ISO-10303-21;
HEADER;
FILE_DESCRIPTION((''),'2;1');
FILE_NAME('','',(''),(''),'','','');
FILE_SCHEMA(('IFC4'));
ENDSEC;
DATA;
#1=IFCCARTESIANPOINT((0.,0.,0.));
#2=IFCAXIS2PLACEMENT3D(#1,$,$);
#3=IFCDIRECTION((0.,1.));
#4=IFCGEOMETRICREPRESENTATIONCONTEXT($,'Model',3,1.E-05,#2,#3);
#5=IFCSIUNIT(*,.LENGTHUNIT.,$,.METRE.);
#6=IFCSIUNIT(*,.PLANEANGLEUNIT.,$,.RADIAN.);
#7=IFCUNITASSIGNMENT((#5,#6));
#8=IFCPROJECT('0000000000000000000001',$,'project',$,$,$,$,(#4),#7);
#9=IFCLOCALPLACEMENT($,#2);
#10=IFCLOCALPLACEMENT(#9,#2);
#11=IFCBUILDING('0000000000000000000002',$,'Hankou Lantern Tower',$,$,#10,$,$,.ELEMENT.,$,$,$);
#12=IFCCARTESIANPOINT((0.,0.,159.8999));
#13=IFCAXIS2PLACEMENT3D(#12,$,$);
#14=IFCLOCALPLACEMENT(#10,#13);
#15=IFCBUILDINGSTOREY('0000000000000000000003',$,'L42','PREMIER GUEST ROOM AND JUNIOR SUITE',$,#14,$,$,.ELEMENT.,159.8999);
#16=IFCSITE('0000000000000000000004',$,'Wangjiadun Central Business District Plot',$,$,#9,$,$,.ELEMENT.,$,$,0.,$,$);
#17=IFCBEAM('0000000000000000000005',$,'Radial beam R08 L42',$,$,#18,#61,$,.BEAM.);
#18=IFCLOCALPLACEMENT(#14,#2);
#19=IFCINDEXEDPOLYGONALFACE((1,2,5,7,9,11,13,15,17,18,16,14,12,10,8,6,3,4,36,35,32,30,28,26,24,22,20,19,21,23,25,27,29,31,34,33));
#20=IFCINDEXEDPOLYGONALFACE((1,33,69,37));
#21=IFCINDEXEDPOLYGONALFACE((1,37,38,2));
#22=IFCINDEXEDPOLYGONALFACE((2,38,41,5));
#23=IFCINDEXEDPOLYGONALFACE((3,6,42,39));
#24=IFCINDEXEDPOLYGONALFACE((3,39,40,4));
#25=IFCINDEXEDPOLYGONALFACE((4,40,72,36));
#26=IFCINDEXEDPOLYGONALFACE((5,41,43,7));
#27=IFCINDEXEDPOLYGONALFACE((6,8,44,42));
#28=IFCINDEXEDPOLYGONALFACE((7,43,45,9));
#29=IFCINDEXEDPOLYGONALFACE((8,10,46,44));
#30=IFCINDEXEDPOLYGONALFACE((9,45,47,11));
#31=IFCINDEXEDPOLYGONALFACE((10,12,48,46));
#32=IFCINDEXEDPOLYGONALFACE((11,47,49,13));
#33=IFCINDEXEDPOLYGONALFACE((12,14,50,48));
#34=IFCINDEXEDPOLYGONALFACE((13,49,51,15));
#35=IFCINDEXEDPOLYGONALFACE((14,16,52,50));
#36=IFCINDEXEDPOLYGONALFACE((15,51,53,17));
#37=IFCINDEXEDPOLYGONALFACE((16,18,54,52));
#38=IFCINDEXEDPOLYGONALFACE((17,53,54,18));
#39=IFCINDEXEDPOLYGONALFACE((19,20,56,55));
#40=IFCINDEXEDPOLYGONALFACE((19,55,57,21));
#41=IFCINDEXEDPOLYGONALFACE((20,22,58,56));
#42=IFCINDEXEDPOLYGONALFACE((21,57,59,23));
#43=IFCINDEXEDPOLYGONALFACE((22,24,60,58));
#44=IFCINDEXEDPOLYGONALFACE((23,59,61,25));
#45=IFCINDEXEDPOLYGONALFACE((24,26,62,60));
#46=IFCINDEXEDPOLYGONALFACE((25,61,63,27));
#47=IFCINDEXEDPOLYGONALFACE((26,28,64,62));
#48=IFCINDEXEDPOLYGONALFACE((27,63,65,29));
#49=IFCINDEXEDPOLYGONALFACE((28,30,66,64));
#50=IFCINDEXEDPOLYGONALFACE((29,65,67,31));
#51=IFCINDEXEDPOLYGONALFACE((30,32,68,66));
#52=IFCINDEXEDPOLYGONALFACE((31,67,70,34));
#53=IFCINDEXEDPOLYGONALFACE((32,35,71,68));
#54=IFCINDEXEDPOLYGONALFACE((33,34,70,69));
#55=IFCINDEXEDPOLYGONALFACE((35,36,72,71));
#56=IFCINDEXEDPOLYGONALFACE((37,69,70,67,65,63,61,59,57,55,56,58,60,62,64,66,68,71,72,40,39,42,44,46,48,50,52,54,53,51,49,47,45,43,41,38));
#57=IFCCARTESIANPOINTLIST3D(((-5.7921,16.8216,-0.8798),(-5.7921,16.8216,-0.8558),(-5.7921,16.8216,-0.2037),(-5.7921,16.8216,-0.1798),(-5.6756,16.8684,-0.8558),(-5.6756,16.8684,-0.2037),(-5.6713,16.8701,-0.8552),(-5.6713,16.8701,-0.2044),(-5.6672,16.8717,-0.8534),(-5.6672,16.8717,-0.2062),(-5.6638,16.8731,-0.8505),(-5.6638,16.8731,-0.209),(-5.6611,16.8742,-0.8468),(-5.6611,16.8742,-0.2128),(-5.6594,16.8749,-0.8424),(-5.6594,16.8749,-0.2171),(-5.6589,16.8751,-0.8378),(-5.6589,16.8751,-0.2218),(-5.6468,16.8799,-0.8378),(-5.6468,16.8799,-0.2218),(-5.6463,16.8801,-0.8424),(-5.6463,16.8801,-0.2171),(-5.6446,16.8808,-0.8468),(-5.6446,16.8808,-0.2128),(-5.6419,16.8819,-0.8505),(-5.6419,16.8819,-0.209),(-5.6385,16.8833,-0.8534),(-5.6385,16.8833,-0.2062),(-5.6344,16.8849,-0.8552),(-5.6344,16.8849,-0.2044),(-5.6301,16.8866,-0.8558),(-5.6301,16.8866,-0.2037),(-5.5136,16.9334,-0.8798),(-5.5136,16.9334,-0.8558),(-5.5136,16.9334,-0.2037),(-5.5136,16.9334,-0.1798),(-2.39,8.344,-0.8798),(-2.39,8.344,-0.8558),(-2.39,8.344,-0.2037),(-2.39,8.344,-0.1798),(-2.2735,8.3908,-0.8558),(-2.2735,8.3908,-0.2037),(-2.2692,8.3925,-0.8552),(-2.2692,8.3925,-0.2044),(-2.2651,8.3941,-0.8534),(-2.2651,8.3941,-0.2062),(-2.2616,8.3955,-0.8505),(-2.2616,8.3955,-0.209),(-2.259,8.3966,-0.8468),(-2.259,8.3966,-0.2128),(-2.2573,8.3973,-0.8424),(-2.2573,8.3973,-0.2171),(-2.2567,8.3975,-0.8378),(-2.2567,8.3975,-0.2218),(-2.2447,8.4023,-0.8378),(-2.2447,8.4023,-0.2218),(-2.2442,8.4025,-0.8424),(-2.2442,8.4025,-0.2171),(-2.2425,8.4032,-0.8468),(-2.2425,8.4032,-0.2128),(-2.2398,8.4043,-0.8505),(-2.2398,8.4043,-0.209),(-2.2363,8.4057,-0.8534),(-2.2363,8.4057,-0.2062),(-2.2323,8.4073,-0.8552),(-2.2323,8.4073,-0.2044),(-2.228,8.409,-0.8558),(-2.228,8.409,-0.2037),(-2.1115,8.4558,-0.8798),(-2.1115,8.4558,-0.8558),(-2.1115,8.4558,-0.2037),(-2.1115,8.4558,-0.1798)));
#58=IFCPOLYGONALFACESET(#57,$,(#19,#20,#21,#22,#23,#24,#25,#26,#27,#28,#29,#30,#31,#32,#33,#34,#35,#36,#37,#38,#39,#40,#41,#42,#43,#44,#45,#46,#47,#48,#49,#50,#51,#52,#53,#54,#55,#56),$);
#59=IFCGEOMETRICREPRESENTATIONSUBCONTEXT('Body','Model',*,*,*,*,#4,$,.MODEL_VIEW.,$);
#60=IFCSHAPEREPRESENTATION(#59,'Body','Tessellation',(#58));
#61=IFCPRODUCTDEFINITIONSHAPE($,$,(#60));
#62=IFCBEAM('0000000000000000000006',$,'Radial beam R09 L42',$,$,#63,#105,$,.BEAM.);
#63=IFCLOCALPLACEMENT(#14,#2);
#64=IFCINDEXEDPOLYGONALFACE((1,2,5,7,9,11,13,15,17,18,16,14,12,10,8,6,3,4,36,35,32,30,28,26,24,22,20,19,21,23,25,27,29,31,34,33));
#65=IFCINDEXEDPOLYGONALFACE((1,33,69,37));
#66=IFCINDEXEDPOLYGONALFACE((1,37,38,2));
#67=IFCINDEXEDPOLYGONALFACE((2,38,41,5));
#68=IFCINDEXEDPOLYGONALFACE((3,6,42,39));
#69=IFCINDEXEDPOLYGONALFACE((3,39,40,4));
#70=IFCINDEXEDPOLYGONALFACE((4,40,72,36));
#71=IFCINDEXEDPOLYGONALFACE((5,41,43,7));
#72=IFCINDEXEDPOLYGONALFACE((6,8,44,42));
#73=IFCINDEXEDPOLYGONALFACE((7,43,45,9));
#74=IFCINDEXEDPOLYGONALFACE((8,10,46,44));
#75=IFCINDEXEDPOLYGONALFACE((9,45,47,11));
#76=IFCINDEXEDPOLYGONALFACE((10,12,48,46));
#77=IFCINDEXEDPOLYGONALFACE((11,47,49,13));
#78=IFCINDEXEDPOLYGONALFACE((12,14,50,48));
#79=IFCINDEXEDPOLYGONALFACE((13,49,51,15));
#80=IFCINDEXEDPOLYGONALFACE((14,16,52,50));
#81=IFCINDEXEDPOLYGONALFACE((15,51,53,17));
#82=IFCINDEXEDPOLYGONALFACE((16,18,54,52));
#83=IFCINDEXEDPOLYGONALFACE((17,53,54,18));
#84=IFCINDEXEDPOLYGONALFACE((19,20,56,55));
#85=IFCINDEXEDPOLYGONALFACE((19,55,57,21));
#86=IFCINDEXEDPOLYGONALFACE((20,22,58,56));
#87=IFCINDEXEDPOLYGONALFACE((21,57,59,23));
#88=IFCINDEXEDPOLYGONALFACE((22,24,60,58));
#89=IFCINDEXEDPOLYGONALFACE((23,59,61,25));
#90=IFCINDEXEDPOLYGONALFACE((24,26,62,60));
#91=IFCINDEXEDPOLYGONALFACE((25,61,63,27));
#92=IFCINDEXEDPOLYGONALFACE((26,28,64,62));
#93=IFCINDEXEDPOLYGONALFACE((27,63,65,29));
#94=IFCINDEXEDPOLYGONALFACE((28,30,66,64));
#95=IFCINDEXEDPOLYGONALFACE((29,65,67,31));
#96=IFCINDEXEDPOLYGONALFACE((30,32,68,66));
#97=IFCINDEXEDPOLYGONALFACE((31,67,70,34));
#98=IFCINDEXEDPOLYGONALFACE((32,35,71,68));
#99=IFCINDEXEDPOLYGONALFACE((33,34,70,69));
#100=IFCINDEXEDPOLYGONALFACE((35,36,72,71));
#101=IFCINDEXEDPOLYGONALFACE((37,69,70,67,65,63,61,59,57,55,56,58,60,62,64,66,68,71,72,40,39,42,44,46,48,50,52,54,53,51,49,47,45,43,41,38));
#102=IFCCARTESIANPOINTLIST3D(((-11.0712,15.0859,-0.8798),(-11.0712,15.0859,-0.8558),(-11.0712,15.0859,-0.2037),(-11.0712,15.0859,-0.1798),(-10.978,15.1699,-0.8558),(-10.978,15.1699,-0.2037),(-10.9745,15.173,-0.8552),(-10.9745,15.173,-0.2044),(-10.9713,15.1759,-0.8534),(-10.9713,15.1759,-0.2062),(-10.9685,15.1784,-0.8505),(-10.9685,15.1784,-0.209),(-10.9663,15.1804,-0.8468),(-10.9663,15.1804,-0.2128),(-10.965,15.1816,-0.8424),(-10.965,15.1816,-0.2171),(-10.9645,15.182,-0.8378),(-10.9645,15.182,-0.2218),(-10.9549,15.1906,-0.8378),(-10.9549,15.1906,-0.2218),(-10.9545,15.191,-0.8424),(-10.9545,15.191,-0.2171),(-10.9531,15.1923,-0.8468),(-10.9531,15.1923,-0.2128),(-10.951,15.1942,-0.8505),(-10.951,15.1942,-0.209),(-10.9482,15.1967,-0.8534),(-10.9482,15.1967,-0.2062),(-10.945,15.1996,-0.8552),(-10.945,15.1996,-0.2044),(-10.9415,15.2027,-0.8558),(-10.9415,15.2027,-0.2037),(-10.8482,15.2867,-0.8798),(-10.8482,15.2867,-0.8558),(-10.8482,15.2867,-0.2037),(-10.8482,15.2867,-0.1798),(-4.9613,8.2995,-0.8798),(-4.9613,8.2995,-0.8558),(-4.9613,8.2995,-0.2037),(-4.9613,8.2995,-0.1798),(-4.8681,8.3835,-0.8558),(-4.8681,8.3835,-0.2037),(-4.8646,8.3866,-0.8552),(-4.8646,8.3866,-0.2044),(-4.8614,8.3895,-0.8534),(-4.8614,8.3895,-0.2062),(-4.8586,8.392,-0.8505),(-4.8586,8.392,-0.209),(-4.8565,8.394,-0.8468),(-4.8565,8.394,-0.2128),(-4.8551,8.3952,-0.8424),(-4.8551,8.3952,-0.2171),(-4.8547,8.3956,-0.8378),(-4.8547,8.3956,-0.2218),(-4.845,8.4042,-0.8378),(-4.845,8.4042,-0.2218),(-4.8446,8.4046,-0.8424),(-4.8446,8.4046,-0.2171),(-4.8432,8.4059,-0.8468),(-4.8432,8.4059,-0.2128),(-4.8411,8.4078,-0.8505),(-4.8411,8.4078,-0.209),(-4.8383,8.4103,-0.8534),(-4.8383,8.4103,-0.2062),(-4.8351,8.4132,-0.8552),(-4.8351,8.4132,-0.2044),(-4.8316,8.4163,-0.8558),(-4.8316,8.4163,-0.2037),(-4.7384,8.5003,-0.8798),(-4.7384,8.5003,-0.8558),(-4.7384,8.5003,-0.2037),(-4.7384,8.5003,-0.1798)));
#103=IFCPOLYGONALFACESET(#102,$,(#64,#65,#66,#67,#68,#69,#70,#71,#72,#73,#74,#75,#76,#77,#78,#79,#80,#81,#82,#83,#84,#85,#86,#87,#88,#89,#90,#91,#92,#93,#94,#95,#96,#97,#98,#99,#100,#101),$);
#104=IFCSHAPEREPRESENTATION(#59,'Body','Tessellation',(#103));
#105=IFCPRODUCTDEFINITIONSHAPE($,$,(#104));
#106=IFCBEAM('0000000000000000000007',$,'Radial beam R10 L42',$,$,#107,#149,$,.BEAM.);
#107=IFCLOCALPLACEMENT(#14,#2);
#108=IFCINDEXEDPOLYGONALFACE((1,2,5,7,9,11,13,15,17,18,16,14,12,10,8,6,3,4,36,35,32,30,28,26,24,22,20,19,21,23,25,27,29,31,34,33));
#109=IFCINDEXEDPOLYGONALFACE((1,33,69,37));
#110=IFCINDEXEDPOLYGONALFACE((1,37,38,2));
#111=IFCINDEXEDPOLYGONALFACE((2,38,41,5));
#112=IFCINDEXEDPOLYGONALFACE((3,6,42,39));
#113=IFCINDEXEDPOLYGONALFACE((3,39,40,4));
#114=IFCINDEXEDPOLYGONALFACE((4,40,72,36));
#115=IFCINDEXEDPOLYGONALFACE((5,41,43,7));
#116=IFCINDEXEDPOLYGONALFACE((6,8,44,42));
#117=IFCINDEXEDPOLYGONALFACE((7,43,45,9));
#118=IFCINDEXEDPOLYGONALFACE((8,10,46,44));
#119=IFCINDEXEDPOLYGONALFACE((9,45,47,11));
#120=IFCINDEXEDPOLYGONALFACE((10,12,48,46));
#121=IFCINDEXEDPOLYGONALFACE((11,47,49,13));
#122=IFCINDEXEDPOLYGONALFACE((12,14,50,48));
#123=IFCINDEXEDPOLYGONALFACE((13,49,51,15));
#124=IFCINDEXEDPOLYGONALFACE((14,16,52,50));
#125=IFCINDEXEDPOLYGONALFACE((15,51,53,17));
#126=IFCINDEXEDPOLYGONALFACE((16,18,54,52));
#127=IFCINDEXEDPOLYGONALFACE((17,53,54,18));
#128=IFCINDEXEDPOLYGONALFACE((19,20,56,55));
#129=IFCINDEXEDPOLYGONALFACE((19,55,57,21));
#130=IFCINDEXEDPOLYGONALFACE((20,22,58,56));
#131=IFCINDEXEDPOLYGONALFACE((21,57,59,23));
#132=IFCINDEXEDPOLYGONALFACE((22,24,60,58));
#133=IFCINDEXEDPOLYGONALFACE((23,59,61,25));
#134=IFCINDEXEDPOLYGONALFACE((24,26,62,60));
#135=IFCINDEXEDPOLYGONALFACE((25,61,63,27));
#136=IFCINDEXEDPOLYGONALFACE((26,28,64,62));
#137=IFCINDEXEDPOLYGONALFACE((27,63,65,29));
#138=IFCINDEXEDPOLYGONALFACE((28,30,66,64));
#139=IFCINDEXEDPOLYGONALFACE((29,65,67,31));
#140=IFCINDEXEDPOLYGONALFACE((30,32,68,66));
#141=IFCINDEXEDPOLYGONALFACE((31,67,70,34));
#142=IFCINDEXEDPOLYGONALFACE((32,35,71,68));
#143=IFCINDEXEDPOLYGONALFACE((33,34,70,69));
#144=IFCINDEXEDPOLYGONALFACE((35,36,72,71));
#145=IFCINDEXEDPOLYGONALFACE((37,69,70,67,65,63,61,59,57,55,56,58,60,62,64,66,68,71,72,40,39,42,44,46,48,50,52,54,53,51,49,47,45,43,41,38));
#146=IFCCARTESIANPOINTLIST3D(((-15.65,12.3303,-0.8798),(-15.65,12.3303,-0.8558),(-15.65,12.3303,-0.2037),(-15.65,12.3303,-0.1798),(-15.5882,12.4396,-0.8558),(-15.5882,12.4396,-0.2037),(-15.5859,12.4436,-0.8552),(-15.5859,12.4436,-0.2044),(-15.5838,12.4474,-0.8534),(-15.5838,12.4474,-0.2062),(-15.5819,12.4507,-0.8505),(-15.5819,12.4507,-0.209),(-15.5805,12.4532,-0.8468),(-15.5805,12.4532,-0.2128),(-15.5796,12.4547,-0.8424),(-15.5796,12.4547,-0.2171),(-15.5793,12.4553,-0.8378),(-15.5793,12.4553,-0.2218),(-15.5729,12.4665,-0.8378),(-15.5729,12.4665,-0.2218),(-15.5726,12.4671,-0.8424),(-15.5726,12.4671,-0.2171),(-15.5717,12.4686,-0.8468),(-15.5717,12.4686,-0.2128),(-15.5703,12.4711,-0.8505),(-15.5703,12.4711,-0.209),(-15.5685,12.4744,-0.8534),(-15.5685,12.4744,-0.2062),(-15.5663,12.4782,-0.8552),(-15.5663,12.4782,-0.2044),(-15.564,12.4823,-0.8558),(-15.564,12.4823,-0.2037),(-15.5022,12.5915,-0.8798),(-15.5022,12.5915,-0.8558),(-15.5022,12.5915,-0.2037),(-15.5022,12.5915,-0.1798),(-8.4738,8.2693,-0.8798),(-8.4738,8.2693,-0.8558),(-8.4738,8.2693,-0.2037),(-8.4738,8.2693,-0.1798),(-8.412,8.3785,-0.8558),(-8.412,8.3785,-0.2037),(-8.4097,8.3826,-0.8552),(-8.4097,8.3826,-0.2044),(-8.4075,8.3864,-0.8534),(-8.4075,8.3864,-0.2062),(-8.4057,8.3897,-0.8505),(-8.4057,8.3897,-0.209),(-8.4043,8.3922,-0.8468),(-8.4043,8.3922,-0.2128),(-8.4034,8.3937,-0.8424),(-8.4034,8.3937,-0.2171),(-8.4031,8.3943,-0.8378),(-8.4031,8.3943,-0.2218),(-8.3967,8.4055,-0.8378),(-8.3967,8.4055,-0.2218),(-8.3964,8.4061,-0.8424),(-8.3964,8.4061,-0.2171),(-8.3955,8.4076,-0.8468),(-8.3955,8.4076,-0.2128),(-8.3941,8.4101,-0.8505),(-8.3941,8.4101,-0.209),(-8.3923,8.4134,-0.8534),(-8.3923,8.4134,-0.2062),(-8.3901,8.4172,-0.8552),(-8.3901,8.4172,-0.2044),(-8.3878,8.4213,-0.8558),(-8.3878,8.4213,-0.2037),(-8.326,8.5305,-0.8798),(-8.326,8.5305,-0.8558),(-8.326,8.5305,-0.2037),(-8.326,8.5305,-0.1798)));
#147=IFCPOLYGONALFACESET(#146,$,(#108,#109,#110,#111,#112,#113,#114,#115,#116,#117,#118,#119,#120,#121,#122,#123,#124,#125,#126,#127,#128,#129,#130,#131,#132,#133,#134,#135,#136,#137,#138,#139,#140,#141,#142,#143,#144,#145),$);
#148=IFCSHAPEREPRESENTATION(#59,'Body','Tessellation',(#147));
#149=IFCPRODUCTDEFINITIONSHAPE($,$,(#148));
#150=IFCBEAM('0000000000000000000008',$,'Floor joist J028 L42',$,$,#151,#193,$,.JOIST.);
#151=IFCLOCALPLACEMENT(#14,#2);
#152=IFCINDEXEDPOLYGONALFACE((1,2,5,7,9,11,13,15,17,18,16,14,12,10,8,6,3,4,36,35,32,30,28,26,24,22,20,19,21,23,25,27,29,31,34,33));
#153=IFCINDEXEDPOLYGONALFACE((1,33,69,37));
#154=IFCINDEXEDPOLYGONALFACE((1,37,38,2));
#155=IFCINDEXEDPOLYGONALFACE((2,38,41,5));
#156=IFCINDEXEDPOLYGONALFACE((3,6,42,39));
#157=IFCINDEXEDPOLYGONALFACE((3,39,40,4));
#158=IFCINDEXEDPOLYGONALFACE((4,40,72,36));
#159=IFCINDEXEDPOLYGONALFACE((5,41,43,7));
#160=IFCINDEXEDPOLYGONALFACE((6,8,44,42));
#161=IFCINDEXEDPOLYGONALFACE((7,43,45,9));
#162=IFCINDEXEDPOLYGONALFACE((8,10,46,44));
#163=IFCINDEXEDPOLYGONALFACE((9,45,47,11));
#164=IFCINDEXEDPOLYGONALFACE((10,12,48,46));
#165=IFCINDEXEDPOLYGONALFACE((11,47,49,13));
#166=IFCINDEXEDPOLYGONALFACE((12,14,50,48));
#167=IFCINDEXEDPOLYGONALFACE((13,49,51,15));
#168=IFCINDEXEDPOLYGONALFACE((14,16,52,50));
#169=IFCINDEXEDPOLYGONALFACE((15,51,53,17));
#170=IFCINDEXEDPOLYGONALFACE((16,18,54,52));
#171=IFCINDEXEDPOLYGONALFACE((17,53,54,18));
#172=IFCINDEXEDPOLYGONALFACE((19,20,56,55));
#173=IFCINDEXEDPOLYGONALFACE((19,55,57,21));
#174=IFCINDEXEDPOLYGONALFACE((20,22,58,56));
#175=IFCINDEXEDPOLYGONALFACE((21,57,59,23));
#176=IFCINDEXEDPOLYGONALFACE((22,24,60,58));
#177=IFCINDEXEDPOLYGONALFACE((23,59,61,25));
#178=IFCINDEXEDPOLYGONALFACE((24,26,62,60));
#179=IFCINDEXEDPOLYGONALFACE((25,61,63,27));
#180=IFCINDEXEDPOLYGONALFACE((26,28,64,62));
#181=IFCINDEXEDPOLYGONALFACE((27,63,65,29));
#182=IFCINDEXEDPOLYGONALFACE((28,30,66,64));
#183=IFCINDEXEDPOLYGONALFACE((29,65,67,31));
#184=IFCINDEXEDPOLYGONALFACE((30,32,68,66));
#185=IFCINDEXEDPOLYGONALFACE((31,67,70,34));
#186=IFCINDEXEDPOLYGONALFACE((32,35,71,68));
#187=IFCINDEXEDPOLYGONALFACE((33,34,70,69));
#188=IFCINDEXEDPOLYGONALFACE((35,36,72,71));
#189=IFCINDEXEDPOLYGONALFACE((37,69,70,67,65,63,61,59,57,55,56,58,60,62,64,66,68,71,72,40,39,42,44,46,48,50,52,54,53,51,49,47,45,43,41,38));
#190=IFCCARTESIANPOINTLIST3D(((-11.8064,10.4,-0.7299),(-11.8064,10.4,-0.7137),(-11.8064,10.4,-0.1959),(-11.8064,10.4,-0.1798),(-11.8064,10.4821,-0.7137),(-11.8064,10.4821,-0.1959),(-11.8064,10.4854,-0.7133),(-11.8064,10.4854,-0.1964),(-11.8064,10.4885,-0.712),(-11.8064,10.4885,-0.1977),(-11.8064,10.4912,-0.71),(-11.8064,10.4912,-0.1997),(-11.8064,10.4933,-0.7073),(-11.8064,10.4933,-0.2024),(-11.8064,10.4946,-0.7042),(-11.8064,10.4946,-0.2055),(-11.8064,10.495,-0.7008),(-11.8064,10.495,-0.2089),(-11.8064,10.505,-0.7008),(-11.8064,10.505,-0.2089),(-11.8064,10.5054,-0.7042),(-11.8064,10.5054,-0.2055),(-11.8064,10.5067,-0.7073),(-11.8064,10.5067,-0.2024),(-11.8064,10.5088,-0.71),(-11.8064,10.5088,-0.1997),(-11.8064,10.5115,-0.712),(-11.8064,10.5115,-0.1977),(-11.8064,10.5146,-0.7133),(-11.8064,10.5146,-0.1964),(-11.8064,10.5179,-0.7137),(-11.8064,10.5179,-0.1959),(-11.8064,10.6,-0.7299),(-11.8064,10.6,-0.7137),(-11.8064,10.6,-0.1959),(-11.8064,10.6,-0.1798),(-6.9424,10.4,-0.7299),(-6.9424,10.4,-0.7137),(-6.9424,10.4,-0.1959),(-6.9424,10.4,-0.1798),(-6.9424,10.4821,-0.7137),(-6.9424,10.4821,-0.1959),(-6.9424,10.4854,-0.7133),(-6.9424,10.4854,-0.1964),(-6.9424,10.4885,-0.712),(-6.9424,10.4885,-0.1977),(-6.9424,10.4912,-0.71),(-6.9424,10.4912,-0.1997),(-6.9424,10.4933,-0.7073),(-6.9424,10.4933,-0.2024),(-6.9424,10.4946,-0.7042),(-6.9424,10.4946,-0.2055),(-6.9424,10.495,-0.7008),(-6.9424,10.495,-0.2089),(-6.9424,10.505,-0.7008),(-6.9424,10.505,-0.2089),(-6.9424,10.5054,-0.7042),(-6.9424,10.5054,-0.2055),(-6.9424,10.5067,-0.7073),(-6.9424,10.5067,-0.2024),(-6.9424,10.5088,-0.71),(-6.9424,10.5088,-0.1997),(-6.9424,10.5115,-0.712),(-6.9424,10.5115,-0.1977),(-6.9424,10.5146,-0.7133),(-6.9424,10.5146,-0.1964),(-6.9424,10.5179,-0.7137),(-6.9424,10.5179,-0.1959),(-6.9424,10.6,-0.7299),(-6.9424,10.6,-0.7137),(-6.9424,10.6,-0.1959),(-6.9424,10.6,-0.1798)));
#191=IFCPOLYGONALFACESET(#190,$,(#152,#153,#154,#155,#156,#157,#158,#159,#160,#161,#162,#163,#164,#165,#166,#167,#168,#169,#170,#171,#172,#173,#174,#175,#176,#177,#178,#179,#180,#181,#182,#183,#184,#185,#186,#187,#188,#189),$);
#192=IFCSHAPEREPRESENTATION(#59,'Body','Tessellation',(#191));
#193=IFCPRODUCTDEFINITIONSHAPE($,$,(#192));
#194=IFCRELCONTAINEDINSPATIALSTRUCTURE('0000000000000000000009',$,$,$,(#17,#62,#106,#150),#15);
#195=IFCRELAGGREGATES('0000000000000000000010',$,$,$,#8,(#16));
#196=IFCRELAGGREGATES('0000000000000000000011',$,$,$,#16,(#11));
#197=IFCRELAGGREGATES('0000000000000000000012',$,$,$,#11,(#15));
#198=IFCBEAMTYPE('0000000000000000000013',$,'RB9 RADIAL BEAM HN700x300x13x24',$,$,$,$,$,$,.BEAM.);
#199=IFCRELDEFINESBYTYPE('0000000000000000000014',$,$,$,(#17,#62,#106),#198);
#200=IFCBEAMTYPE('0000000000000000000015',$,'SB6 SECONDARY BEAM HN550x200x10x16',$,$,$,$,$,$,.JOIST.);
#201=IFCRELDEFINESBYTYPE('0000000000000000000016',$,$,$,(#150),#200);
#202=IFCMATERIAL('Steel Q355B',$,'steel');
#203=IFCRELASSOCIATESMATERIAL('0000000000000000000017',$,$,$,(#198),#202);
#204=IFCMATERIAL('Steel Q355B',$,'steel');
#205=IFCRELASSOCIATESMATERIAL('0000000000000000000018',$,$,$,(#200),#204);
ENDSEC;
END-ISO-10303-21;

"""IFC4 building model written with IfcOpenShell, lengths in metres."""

from ifc_helpers import new_model, si_unit, direction, frame, origin, origin_2d, place, context, subcontext, project, spatial, i_section, extrude, material, material_profile, profile_set, type_object, element, save


model = new_model("IFC4")

# Units and contexts
model_context = context("Model", 3, precision=1e-05, world=origin(), true_north=direction((0.0, 1.0)))
body_context = subcontext(model_context, "Body", "Model", "MODEL_VIEW")
ifc_project = project(units=[si_unit("LENGTHUNIT", "METRE"), si_unit("PLANEANGLEUNIT", "RADIAN")], contexts=[model_context])

# Site, building, storey
site_placement = place(None, origin())
site = spatial("IfcSite", under=ifc_project, at=site_placement, Name="Wangjiadun Central Business District Plot", CompositionType="ELEMENT", RefElevation=0.0)
building_placement = place(site_placement, origin())
building = spatial("IfcBuilding", under=site, at=building_placement, Name="Hankou Lantern Tower", CompositionType="ELEMENT")
storey_placement = place(building_placement, frame((0.0, 0.0, 159.8999)))
storey = spatial("IfcBuildingStorey", under=building, at=storey_placement, Name="L42", Description="PREMIER GUEST ROOM AND JUNIOR SUITE", CompositionType="ELEMENT", Elevation=159.8999)

# Beams
ifc_material_1 = material(Name="Steel Q355B", Category="steel")
ifc_material_profile_1 = material_profile(ifc_material_1, i_section(OverallWidth=0.3, OverallDepth=0.7, WebThickness=0.0129, FlangeThickness=0.0239, FilletRadius=0.0181, at=origin_2d()), Name="HN700x300x13x24")
ifc_profile_set_1 = profile_set([ifc_material_profile_1], Name="Steel Q355B")
beam_type_1 = type_object("IfcBeamType", Name="RB9 RADIAL BEAM HN700x300x13x24", PredefinedType="BEAM", material=ifc_profile_set_1)
beam_1_placement = place(storey_placement, frame((-2.2507, 8.3999, -0.5298), z_axis=(-0.372436, 0.928058, 0.0), x_axis=(-0.928058, -0.372436, 0.0)))
element("IfcBeam", 1, at=beam_1_placement, inside=storey, type_object=beam_type_1, Name="Radial beam R08 L42", PredefinedType="BEAM", context=body_context, shape_type="SweptSolid", body=[
    extrude(i_section(OverallWidth=0.3, OverallDepth=0.7, WebThickness=0.0129, FlangeThickness=0.0239, FilletRadius=0.0181, at=origin_2d()), origin(), (0.0, 0.0, 1.0), 9.1348),
])
beam_2_placement = place(storey_placement, frame((-4.8499, 8.3999, -0.5298), z_axis=(-0.669093, 0.743178, 0.0), x_axis=(-0.743178, -0.669093, 0.0)))
element("IfcBeam", 2, at=beam_2_placement, inside=storey, type_object=beam_type_1, Name="Radial beam R09 L42", PredefinedType="BEAM", context=body_context, shape_type="SweptSolid", body=[
    extrude(i_section(OverallWidth=0.3, OverallDepth=0.7, WebThickness=0.0129, FlangeThickness=0.0239, FilletRadius=0.0181, at=origin_2d()), origin(), (0.0, 0.0, 1.0), 9.1316),
])
beam_3_placement = place(storey_placement, frame((-8.3999, 8.3999, -0.5298), z_axis=(-0.870309, 0.492506, 0.0), x_axis=(-0.492506, -0.870309, 0.0)))
element("IfcBeam", 3, at=beam_3_placement, inside=storey, type_object=beam_type_1, Name="Radial beam R10 L42", PredefinedType="BEAM", context=body_context, shape_type="SweptSolid", body=[
    extrude(i_section(OverallWidth=0.3, OverallDepth=0.7, WebThickness=0.0129, FlangeThickness=0.0239, FilletRadius=0.0181, at=origin_2d()), origin(), (0.0, 0.0, 1.0), 8.2456),
])
ifc_material_2 = material(Name="Steel Q355B", Category="steel")
ifc_material_profile_2 = material_profile(ifc_material_2, i_section(OverallWidth=0.2, OverallDepth=0.55, WebThickness=0.01, FlangeThickness=0.0161, FilletRadius=0.0129, at=origin_2d()), Name="HN550x200x10x16")
ifc_profile_set_2 = profile_set([ifc_material_profile_2], Name="Steel Q355B")
beam_type_2 = type_object("IfcBeamType", Name="SB6 SECONDARY BEAM HN550x200x10x16", PredefinedType="JOIST", material=ifc_profile_set_2)
beam_4_placement = place(storey_placement, frame((-11.8064, 10.5, -0.4548), z_axis=(1.0, 0.0, 0.0), x_axis=(0.0, 1.0, 0.0)))
element("IfcBeam", 4, at=beam_4_placement, inside=storey, type_object=beam_type_2, Name="Floor joist J028 L42", PredefinedType="JOIST", context=body_context, shape_type="SweptSolid", body=[
    extrude(i_section(OverallWidth=0.2, OverallDepth=0.55, WebThickness=0.01, FlangeThickness=0.0161, FilletRadius=0.0129, at=origin_2d()), origin(), (0.0, 0.0, 1.0), 4.864),
])

save(model, "model.ifc")
